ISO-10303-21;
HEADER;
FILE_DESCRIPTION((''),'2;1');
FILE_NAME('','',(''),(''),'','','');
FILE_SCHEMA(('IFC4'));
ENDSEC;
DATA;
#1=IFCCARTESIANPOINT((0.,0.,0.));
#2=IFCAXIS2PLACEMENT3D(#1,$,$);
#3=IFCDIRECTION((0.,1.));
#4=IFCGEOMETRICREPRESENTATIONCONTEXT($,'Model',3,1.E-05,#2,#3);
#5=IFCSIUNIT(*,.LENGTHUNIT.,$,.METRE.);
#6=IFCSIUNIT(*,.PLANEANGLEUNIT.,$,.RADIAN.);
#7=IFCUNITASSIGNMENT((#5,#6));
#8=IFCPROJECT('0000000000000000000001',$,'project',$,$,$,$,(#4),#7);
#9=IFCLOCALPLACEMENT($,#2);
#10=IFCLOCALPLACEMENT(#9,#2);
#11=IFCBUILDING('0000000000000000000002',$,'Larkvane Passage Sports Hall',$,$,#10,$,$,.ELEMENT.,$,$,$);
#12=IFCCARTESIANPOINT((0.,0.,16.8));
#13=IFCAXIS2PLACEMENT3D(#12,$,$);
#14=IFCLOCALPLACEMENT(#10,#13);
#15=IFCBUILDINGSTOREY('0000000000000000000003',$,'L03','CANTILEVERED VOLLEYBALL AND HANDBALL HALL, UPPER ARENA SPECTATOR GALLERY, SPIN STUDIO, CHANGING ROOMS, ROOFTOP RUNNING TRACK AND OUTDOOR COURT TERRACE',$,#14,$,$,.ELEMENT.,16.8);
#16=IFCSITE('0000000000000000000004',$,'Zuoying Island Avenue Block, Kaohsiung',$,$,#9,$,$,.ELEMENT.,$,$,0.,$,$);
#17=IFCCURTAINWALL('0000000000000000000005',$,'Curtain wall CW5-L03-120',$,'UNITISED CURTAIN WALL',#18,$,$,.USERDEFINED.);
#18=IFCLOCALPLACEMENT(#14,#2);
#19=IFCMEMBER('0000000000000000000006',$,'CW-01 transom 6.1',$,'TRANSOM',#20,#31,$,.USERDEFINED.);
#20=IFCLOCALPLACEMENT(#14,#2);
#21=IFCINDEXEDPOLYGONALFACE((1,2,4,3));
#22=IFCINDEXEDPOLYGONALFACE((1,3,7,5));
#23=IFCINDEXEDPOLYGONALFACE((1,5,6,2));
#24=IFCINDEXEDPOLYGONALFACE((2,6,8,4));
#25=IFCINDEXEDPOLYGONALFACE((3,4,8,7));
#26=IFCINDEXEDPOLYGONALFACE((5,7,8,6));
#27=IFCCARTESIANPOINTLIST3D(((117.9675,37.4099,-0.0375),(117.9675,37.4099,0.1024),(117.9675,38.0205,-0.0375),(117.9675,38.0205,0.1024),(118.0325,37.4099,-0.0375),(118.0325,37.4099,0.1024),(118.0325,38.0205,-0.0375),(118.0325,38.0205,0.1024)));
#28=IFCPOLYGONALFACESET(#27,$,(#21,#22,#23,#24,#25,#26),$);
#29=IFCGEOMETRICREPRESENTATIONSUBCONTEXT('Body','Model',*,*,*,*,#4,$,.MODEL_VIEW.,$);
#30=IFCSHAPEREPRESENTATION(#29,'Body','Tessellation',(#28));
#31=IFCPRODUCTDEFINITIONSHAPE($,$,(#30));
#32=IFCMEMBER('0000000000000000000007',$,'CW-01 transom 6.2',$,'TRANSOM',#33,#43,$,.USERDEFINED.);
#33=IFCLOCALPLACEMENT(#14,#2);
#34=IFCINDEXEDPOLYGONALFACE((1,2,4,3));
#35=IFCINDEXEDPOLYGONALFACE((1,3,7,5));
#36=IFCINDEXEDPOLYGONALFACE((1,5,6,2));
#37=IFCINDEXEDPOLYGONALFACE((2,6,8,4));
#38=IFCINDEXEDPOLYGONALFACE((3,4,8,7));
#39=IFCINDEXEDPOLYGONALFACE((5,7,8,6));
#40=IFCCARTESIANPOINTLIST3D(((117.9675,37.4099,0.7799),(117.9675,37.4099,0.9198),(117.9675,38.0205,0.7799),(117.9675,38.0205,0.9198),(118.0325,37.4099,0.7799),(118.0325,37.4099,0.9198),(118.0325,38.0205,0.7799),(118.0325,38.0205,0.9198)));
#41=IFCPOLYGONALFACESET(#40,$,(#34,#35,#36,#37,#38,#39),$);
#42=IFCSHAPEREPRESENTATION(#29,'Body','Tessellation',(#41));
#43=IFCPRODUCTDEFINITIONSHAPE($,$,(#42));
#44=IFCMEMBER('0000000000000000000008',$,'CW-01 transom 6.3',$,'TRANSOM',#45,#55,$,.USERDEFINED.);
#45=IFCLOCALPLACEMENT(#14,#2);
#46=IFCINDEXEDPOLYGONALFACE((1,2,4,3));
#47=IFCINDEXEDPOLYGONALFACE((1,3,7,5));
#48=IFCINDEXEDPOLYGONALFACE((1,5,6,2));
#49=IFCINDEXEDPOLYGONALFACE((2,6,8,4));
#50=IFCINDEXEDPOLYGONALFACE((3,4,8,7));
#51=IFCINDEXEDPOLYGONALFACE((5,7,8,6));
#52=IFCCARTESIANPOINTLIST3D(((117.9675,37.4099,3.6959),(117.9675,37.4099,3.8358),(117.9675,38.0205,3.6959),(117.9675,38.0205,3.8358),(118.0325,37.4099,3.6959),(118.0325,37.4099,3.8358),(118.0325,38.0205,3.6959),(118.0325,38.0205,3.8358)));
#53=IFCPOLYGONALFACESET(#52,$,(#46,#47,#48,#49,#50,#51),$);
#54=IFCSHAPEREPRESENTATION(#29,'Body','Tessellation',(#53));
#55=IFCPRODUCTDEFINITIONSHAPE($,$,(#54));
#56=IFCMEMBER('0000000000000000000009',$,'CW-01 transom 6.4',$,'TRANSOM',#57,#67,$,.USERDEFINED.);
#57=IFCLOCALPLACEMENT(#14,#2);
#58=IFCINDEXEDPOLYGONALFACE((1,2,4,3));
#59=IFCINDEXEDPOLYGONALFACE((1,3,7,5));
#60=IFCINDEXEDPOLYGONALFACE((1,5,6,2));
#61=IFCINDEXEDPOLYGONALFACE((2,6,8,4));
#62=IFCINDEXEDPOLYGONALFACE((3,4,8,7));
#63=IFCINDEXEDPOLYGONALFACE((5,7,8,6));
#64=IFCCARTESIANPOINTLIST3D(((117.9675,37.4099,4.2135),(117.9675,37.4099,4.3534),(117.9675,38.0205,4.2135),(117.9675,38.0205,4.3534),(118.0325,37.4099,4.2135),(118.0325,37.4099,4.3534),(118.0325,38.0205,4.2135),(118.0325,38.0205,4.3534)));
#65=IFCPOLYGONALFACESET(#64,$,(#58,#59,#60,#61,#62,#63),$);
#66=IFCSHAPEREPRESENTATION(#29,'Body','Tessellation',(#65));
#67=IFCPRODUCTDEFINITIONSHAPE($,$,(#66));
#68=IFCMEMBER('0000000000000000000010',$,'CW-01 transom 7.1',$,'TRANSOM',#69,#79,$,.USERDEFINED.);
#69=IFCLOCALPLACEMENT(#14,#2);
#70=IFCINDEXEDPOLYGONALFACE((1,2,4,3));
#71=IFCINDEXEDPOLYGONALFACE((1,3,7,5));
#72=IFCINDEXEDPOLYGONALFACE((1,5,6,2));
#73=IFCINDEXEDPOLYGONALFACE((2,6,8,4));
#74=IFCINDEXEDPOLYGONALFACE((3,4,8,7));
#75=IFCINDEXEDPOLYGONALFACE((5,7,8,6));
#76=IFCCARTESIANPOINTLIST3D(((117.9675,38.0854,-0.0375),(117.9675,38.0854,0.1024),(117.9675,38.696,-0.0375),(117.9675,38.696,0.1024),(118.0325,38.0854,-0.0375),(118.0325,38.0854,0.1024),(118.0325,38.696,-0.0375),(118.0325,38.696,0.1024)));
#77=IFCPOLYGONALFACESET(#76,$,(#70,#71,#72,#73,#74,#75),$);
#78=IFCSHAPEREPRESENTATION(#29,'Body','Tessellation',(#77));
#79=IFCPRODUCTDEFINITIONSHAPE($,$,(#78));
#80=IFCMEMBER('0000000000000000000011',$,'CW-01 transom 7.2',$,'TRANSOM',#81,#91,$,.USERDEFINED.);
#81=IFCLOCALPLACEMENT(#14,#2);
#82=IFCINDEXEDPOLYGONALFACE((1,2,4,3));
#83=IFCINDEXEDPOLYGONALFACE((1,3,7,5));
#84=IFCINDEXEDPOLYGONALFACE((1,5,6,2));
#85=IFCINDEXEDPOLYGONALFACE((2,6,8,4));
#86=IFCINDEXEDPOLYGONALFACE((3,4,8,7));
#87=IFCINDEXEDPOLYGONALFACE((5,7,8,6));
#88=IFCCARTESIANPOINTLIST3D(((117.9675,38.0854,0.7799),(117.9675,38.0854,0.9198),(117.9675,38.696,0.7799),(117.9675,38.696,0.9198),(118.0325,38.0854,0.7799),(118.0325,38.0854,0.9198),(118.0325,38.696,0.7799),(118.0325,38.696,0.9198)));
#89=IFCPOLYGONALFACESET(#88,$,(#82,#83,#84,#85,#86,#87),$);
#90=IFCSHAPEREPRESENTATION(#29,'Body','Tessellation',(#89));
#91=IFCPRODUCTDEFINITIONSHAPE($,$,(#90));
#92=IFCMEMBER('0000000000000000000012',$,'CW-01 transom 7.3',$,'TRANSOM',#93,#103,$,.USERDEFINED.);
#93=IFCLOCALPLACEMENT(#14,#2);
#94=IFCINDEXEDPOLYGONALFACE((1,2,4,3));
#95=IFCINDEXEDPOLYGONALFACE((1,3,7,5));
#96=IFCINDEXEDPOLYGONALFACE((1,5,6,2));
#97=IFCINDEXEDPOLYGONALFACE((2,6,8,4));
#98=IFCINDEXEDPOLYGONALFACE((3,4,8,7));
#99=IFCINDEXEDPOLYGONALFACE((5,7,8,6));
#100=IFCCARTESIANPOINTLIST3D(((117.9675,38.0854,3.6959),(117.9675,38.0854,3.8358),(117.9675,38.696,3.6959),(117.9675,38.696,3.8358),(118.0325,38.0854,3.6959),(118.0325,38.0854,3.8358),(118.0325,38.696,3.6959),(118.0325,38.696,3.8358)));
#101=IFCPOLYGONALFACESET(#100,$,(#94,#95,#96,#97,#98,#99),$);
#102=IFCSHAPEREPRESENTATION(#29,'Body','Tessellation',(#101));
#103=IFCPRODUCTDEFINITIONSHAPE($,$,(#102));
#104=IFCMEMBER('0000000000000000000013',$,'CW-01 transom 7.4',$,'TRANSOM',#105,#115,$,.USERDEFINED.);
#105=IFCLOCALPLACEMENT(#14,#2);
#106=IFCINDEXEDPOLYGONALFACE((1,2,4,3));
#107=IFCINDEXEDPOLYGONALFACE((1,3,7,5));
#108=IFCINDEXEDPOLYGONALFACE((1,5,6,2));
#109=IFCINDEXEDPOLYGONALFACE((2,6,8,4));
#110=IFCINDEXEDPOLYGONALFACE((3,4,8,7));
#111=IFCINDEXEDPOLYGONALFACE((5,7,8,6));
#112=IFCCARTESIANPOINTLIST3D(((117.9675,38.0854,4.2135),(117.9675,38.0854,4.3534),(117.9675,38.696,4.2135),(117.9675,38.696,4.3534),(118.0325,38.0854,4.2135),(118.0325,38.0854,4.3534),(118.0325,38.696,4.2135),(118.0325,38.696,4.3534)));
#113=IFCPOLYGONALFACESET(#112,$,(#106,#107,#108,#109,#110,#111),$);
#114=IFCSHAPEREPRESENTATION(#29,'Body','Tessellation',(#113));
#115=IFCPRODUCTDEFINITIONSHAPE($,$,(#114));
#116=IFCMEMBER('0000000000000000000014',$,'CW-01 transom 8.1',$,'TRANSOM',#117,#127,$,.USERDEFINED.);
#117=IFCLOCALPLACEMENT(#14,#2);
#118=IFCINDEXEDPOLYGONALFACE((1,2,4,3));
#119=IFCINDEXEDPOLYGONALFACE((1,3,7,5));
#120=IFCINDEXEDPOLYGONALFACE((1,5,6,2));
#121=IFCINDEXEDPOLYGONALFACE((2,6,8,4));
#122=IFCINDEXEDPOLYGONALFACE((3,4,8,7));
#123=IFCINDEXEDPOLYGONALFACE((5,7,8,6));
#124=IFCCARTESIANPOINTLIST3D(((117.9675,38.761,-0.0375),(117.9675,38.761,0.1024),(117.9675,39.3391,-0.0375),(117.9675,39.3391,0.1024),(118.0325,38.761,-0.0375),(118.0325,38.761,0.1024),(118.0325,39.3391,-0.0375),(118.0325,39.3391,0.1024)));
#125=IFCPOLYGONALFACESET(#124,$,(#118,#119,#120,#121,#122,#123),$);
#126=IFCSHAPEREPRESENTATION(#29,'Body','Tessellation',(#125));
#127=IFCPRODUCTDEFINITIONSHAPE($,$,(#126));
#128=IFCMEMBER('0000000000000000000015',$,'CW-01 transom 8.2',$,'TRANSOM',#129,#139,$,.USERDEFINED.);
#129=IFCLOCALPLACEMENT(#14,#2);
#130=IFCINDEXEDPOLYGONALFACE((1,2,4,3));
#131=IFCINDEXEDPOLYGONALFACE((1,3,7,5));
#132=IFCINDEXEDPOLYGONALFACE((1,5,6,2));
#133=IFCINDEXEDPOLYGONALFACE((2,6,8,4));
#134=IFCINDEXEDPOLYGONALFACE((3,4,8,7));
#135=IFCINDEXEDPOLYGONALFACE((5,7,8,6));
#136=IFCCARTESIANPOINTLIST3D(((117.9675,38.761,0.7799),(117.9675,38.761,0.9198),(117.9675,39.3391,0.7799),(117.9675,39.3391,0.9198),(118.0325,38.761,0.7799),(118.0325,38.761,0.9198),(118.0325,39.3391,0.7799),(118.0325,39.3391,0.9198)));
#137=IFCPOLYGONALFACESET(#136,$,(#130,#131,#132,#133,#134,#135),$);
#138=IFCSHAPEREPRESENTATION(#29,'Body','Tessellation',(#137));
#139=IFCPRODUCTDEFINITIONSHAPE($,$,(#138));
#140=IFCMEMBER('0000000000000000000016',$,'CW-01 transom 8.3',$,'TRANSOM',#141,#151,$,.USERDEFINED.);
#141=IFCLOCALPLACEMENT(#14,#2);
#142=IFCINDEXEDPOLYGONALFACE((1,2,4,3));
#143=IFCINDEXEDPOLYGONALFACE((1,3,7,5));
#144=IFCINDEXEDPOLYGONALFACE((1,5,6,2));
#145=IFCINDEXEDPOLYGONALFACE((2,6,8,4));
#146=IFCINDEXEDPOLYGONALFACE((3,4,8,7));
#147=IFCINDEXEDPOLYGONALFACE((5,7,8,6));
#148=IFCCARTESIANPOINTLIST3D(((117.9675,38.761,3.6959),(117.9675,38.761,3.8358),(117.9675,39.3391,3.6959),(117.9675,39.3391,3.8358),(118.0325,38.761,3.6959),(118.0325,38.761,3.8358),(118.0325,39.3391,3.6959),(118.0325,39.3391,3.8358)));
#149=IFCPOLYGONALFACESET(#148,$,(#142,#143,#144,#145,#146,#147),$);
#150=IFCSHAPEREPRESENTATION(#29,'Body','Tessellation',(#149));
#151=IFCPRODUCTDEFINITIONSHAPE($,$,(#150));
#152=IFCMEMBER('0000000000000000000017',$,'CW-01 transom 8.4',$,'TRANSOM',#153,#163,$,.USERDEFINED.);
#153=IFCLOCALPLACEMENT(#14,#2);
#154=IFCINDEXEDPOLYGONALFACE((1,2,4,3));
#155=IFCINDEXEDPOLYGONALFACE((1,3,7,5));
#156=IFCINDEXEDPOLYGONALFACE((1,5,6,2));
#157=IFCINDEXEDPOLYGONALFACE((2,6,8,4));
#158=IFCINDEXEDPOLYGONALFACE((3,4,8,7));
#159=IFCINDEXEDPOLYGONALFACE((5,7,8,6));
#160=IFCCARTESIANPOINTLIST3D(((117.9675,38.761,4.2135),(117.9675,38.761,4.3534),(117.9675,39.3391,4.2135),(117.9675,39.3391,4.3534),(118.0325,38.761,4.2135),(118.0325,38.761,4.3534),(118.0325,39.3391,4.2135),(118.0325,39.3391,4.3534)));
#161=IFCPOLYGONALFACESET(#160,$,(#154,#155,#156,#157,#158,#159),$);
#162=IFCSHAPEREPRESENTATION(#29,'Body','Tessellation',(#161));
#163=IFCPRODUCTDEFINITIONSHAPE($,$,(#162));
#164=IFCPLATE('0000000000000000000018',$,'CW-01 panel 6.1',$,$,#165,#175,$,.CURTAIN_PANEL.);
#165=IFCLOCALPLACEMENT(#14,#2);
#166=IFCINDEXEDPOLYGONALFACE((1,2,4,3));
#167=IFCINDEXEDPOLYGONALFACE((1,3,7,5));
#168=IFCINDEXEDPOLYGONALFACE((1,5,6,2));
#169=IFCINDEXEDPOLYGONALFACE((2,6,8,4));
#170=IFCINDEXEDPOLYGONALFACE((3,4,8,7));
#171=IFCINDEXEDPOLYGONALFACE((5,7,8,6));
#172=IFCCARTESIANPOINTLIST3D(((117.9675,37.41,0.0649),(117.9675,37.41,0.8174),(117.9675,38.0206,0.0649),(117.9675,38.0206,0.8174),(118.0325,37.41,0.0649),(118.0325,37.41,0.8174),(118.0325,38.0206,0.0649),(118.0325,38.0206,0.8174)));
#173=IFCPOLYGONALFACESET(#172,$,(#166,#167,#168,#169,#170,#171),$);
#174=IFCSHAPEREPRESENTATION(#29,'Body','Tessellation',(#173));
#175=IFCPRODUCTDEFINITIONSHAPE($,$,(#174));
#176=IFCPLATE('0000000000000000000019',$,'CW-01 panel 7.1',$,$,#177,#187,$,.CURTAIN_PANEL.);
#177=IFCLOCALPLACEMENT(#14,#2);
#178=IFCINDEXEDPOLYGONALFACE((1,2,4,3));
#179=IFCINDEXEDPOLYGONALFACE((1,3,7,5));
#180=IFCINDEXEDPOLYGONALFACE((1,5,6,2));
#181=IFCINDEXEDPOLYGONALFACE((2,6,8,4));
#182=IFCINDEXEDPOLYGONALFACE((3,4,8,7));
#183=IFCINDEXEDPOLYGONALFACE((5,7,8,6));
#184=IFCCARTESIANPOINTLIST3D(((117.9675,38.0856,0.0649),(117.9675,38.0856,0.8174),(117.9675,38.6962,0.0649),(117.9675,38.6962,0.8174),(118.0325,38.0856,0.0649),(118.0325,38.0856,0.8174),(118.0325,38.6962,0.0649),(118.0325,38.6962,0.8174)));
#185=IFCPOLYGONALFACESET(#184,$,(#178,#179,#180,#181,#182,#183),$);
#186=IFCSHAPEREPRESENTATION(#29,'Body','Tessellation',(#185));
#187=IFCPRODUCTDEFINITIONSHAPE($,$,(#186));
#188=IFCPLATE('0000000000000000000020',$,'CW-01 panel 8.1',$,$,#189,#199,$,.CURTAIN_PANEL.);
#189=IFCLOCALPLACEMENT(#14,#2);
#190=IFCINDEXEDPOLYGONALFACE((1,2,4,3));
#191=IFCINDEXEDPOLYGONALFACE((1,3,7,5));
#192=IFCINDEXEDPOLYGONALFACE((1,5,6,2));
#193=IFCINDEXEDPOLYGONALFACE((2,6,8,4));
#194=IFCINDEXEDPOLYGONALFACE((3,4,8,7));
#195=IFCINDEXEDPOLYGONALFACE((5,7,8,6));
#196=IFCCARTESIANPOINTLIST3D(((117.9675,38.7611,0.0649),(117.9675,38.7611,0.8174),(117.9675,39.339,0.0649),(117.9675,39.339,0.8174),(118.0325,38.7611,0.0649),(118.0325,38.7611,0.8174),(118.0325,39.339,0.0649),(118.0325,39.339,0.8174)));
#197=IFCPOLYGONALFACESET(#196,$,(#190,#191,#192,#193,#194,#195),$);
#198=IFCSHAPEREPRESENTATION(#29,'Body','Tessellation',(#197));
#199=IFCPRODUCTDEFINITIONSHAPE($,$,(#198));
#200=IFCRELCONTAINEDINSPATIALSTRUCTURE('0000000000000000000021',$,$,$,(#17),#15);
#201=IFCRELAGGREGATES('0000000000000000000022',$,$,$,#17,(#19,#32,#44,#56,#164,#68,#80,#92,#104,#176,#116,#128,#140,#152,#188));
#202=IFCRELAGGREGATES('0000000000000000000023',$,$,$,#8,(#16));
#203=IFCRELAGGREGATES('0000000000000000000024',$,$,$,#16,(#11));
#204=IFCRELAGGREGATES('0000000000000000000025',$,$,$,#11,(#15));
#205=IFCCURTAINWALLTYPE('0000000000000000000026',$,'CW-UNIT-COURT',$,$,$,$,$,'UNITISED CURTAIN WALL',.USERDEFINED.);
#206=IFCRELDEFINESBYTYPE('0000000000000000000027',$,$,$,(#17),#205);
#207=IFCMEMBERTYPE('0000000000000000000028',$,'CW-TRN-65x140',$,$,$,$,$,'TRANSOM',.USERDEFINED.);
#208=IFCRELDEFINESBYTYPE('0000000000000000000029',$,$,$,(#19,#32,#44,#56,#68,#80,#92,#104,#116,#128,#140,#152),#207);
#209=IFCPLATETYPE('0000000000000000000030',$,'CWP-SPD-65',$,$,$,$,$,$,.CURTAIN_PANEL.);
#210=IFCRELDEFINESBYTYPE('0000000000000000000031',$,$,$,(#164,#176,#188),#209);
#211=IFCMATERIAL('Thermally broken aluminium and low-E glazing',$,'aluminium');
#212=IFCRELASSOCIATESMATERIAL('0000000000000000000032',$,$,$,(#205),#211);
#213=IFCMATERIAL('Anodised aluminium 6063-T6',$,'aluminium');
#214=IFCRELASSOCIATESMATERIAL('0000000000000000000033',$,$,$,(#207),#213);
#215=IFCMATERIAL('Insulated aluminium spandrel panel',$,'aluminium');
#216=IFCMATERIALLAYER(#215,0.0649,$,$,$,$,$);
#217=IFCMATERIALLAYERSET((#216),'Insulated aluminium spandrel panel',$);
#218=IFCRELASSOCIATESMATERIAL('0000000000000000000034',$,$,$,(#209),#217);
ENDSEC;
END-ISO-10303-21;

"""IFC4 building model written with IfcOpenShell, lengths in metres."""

from ifc_helpers import new_model, si_unit, direction, frame, origin, origin_2d, place, context, subcontext, project, spatial, rectangle, extrude, material, layer, layer_set, material_profile, profile_set, type_object, element, aggregate, save


model = new_model("IFC4")

# Units and contexts
model_context = context("Model", 3, precision=1e-05, world=origin(), true_north=direction((0.0, 1.0)))
body_context = subcontext(model_context, "Body", "Model", "MODEL_VIEW")
ifc_project = project(units=[si_unit("LENGTHUNIT", "METRE"), si_unit("PLANEANGLEUNIT", "RADIAN")], contexts=[model_context])

# Site, building, storey
site_placement = place(None, origin())
site = spatial("IfcSite", under=ifc_project, at=site_placement, Name="Zuoying Island Avenue Block, Kaohsiung", CompositionType="ELEMENT", RefElevation=0.0)
building_placement = place(site_placement, origin())
building = spatial("IfcBuilding", under=site, at=building_placement, Name="Larkvane Passage Sports Hall", CompositionType="ELEMENT")
storey_placement = place(building_placement, frame((0.0, 0.0, 16.8)))
storey = spatial("IfcBuildingStorey", under=building, at=storey_placement, Name="L03", Description="CANTILEVERED VOLLEYBALL AND HANDBALL HALL, UPPER ARENA SPECTATOR GALLERY, SPIN STUDIO, CHANGING ROOMS, ROOFTOP RUNNING TRACK AND OUTDOOR COURT TERRACE", CompositionType="ELEMENT", Elevation=16.8)

# Curtain wall
ifc_material_1 = material(Name="Thermally broken aluminium and low-E glazing", Category="aluminium")
curtain_wall_type_1 = type_object("IfcCurtainWallType", Name="CW-UNIT-COURT", ElementType="UNITISED CURTAIN WALL", PredefinedType="USERDEFINED", material=ifc_material_1)
curtain_wall_1_placement = place(storey_placement, origin())
curtain_wall_1 = element("IfcCurtainWall", 1, at=curtain_wall_1_placement, inside=storey, type_object=curtain_wall_type_1, Name="Curtain wall CW5-L03-120", ObjectType="UNITISED CURTAIN WALL", PredefinedType="USERDEFINED")
ifc_material_2 = material(Name="Anodised aluminium 6063-T6", Category="aluminium")

# Members
ifc_material_profile_1 = material_profile(ifc_material_2, rectangle(XDim=0.0649, YDim=0.1399, at=origin_2d()), Name="ALU-TRN-65x140")
ifc_profile_set_1 = profile_set([ifc_material_profile_1], Name="Anodised aluminium 6063-T6")
member_type_1 = type_object("IfcMemberType", Name="CW-TRN-65x140", ElementType="TRANSOM", PredefinedType="USERDEFINED", material=ifc_profile_set_1)
member_1_placement = place(storey_placement, frame((118.0, 37.4099, 0.0325), z_axis=(0.0, 1.0, 0.0), x_axis=(-1.0, 0.0, 0.0)))
member_1 = element("IfcMember", 2, at=member_1_placement, type_object=member_type_1, Name="CW-01 transom 6.1", ObjectType="TRANSOM", PredefinedType="USERDEFINED", context=body_context, shape_type="SweptSolid", body=[
    extrude(rectangle(XDim=0.0649, YDim=0.1399, at=origin_2d()), origin(), (0.0, 0.0, 1.0), 0.6106),
])
member_2_placement = place(storey_placement, frame((118.0, 37.4099, 0.8499), z_axis=(0.0, 1.0, 0.0), x_axis=(-1.0, 0.0, 0.0)))
member_2 = element("IfcMember", 3, at=member_2_placement, type_object=member_type_1, Name="CW-01 transom 6.2", ObjectType="TRANSOM", PredefinedType="USERDEFINED", context=body_context, shape_type="SweptSolid", body=[
    extrude(rectangle(XDim=0.0649, YDim=0.1399, at=origin_2d()), origin(), (0.0, 0.0, 1.0), 0.6106),
])
member_3_placement = place(storey_placement, frame((118.0, 37.4099, 3.7659), z_axis=(0.0, 1.0, 0.0), x_axis=(-1.0, 0.0, 0.0)))
member_3 = element("IfcMember", 4, at=member_3_placement, type_object=member_type_1, Name="CW-01 transom 6.3", ObjectType="TRANSOM", PredefinedType="USERDEFINED", context=body_context, shape_type="SweptSolid", body=[
    extrude(rectangle(XDim=0.0649, YDim=0.1399, at=origin_2d()), origin(), (0.0, 0.0, 1.0), 0.6106),
])
member_4_placement = place(storey_placement, frame((118.0, 37.4099, 4.2834), z_axis=(0.0, 1.0, 0.0), x_axis=(-1.0, 0.0, 0.0)))
member_4 = element("IfcMember", 5, at=member_4_placement, type_object=member_type_1, Name="CW-01 transom 6.4", ObjectType="TRANSOM", PredefinedType="USERDEFINED", context=body_context, shape_type="SweptSolid", body=[
    extrude(rectangle(XDim=0.0649, YDim=0.1399, at=origin_2d()), origin(), (0.0, 0.0, 1.0), 0.6106),
])
member_5_placement = place(storey_placement, frame((118.0, 38.0854, 0.0325), z_axis=(0.0, 1.0, 0.0), x_axis=(-1.0, 0.0, 0.0)))
member_5 = element("IfcMember", 6, at=member_5_placement, type_object=member_type_1, Name="CW-01 transom 7.1", ObjectType="TRANSOM", PredefinedType="USERDEFINED", context=body_context, shape_type="SweptSolid", body=[
    extrude(rectangle(XDim=0.0649, YDim=0.1399, at=origin_2d()), origin(), (0.0, 0.0, 1.0), 0.6106),
])
member_6_placement = place(storey_placement, frame((118.0, 38.0854, 0.8499), z_axis=(0.0, 1.0, 0.0), x_axis=(-1.0, 0.0, 0.0)))
member_6 = element("IfcMember", 7, at=member_6_placement, type_object=member_type_1, Name="CW-01 transom 7.2", ObjectType="TRANSOM", PredefinedType="USERDEFINED", context=body_context, shape_type="SweptSolid", body=[
    extrude(rectangle(XDim=0.0649, YDim=0.1399, at=origin_2d()), origin(), (0.0, 0.0, 1.0), 0.6106),
])
member_7_placement = place(storey_placement, frame((118.0, 38.0854, 3.7659), z_axis=(0.0, 1.0, 0.0), x_axis=(-1.0, 0.0, 0.0)))
member_7 = element("IfcMember", 8, at=member_7_placement, type_object=member_type_1, Name="CW-01 transom 7.3", ObjectType="TRANSOM", PredefinedType="USERDEFINED", context=body_context, shape_type="SweptSolid", body=[
    extrude(rectangle(XDim=0.0649, YDim=0.1399, at=origin_2d()), origin(), (0.0, 0.0, 1.0), 0.6106),
])
member_8_placement = place(storey_placement, frame((118.0, 38.0854, 4.2834), z_axis=(0.0, 1.0, 0.0), x_axis=(-1.0, 0.0, 0.0)))
member_8 = element("IfcMember", 9, at=member_8_placement, type_object=member_type_1, Name="CW-01 transom 7.4", ObjectType="TRANSOM", PredefinedType="USERDEFINED", context=body_context, shape_type="SweptSolid", body=[
    extrude(rectangle(XDim=0.0649, YDim=0.1399, at=origin_2d()), origin(), (0.0, 0.0, 1.0), 0.6106),
])
member_9_placement = place(storey_placement, frame((118.0, 38.761, 0.0325), z_axis=(0.0, 1.0, 0.0), x_axis=(-1.0, 0.0, 0.0)))
member_9 = element("IfcMember", 10, at=member_9_placement, type_object=member_type_1, Name="CW-01 transom 8.1", ObjectType="TRANSOM", PredefinedType="USERDEFINED", context=body_context, shape_type="SweptSolid", body=[
    extrude(rectangle(XDim=0.0649, YDim=0.1399, at=origin_2d()), origin(), (0.0, 0.0, 1.0), 0.5781),
])
member_10_placement = place(storey_placement, frame((118.0, 38.761, 0.8499), z_axis=(0.0, 1.0, 0.0), x_axis=(-1.0, 0.0, 0.0)))
member_10 = element("IfcMember", 11, at=member_10_placement, type_object=member_type_1, Name="CW-01 transom 8.2", ObjectType="TRANSOM", PredefinedType="USERDEFINED", context=body_context, shape_type="SweptSolid", body=[
    extrude(rectangle(XDim=0.0649, YDim=0.1399, at=origin_2d()), origin(), (0.0, 0.0, 1.0), 0.5781),
])
member_11_placement = place(storey_placement, frame((118.0, 38.761, 3.7659), z_axis=(0.0, 1.0, 0.0), x_axis=(-1.0, 0.0, 0.0)))
member_11 = element("IfcMember", 12, at=member_11_placement, type_object=member_type_1, Name="CW-01 transom 8.3", ObjectType="TRANSOM", PredefinedType="USERDEFINED", context=body_context, shape_type="SweptSolid", body=[
    extrude(rectangle(XDim=0.0649, YDim=0.1399, at=origin_2d()), origin(), (0.0, 0.0, 1.0), 0.5781),
])
member_12_placement = place(storey_placement, frame((118.0, 38.761, 4.2834), z_axis=(0.0, 1.0, 0.0), x_axis=(-1.0, 0.0, 0.0)))
member_12 = element("IfcMember", 13, at=member_12_placement, type_object=member_type_1, Name="CW-01 transom 8.4", ObjectType="TRANSOM", PredefinedType="USERDEFINED", context=body_context, shape_type="SweptSolid", body=[
    extrude(rectangle(XDim=0.0649, YDim=0.1399, at=origin_2d()), origin(), (0.0, 0.0, 1.0), 0.5781),
])

# Plates
ifc_material_3 = material(Name="Insulated aluminium spandrel panel", Category="aluminium")
ifc_layer_1 = layer(ifc_material_3, 0.0649)
ifc_layer_set_1 = layer_set([ifc_layer_1], Name="Insulated aluminium spandrel panel")
plate_type_1 = type_object("IfcPlateType", Name="CWP-SPD-65", PredefinedType="CURTAIN_PANEL", material=ifc_layer_set_1)
plate_1_placement = place(storey_placement, frame((118.0, 37.7153, 0.0649), z_axis=(0.0, 0.0, 1.0), x_axis=(0.0, 1.0, 0.0)))
plate_1 = element("IfcPlate", 14, at=plate_1_placement, type_object=plate_type_1, Name="CW-01 panel 6.1", PredefinedType="CURTAIN_PANEL", context=body_context, shape_type="SweptSolid", body=[
    extrude(rectangle(XDim=0.6106, YDim=0.0649, at=origin_2d()), origin(), (0.0, 0.0, 1.0), 0.7524),
])
plate_2_placement = place(storey_placement, frame((118.0, 38.3909, 0.0649), z_axis=(0.0, 0.0, 1.0), x_axis=(0.0, 1.0, 0.0)))
plate_2 = element("IfcPlate", 15, at=plate_2_placement, type_object=plate_type_1, Name="CW-01 panel 7.1", PredefinedType="CURTAIN_PANEL", context=body_context, shape_type="SweptSolid", body=[
    extrude(rectangle(XDim=0.6106, YDim=0.0649, at=origin_2d()), origin(), (0.0, 0.0, 1.0), 0.7524),
])
plate_3_placement = place(storey_placement, frame((118.0, 39.05, 0.0649), z_axis=(0.0, 0.0, 1.0), x_axis=(0.0, 1.0, 0.0)))
plate_3 = element("IfcPlate", 16, at=plate_3_placement, type_object=plate_type_1, Name="CW-01 panel 8.1", PredefinedType="CURTAIN_PANEL", context=body_context, shape_type="SweptSolid", body=[
    extrude(rectangle(XDim=0.5779, YDim=0.0649, at=origin_2d()), origin(), (0.0, 0.0, 1.0), 0.7524),
])
aggregate(curtain_wall_1, [member_1, member_2, member_3, member_4, plate_1, member_5, member_6, member_7, member_8, plate_2, member_9, member_10, member_11, member_12, plate_3])

save(model, "model.ifc")
